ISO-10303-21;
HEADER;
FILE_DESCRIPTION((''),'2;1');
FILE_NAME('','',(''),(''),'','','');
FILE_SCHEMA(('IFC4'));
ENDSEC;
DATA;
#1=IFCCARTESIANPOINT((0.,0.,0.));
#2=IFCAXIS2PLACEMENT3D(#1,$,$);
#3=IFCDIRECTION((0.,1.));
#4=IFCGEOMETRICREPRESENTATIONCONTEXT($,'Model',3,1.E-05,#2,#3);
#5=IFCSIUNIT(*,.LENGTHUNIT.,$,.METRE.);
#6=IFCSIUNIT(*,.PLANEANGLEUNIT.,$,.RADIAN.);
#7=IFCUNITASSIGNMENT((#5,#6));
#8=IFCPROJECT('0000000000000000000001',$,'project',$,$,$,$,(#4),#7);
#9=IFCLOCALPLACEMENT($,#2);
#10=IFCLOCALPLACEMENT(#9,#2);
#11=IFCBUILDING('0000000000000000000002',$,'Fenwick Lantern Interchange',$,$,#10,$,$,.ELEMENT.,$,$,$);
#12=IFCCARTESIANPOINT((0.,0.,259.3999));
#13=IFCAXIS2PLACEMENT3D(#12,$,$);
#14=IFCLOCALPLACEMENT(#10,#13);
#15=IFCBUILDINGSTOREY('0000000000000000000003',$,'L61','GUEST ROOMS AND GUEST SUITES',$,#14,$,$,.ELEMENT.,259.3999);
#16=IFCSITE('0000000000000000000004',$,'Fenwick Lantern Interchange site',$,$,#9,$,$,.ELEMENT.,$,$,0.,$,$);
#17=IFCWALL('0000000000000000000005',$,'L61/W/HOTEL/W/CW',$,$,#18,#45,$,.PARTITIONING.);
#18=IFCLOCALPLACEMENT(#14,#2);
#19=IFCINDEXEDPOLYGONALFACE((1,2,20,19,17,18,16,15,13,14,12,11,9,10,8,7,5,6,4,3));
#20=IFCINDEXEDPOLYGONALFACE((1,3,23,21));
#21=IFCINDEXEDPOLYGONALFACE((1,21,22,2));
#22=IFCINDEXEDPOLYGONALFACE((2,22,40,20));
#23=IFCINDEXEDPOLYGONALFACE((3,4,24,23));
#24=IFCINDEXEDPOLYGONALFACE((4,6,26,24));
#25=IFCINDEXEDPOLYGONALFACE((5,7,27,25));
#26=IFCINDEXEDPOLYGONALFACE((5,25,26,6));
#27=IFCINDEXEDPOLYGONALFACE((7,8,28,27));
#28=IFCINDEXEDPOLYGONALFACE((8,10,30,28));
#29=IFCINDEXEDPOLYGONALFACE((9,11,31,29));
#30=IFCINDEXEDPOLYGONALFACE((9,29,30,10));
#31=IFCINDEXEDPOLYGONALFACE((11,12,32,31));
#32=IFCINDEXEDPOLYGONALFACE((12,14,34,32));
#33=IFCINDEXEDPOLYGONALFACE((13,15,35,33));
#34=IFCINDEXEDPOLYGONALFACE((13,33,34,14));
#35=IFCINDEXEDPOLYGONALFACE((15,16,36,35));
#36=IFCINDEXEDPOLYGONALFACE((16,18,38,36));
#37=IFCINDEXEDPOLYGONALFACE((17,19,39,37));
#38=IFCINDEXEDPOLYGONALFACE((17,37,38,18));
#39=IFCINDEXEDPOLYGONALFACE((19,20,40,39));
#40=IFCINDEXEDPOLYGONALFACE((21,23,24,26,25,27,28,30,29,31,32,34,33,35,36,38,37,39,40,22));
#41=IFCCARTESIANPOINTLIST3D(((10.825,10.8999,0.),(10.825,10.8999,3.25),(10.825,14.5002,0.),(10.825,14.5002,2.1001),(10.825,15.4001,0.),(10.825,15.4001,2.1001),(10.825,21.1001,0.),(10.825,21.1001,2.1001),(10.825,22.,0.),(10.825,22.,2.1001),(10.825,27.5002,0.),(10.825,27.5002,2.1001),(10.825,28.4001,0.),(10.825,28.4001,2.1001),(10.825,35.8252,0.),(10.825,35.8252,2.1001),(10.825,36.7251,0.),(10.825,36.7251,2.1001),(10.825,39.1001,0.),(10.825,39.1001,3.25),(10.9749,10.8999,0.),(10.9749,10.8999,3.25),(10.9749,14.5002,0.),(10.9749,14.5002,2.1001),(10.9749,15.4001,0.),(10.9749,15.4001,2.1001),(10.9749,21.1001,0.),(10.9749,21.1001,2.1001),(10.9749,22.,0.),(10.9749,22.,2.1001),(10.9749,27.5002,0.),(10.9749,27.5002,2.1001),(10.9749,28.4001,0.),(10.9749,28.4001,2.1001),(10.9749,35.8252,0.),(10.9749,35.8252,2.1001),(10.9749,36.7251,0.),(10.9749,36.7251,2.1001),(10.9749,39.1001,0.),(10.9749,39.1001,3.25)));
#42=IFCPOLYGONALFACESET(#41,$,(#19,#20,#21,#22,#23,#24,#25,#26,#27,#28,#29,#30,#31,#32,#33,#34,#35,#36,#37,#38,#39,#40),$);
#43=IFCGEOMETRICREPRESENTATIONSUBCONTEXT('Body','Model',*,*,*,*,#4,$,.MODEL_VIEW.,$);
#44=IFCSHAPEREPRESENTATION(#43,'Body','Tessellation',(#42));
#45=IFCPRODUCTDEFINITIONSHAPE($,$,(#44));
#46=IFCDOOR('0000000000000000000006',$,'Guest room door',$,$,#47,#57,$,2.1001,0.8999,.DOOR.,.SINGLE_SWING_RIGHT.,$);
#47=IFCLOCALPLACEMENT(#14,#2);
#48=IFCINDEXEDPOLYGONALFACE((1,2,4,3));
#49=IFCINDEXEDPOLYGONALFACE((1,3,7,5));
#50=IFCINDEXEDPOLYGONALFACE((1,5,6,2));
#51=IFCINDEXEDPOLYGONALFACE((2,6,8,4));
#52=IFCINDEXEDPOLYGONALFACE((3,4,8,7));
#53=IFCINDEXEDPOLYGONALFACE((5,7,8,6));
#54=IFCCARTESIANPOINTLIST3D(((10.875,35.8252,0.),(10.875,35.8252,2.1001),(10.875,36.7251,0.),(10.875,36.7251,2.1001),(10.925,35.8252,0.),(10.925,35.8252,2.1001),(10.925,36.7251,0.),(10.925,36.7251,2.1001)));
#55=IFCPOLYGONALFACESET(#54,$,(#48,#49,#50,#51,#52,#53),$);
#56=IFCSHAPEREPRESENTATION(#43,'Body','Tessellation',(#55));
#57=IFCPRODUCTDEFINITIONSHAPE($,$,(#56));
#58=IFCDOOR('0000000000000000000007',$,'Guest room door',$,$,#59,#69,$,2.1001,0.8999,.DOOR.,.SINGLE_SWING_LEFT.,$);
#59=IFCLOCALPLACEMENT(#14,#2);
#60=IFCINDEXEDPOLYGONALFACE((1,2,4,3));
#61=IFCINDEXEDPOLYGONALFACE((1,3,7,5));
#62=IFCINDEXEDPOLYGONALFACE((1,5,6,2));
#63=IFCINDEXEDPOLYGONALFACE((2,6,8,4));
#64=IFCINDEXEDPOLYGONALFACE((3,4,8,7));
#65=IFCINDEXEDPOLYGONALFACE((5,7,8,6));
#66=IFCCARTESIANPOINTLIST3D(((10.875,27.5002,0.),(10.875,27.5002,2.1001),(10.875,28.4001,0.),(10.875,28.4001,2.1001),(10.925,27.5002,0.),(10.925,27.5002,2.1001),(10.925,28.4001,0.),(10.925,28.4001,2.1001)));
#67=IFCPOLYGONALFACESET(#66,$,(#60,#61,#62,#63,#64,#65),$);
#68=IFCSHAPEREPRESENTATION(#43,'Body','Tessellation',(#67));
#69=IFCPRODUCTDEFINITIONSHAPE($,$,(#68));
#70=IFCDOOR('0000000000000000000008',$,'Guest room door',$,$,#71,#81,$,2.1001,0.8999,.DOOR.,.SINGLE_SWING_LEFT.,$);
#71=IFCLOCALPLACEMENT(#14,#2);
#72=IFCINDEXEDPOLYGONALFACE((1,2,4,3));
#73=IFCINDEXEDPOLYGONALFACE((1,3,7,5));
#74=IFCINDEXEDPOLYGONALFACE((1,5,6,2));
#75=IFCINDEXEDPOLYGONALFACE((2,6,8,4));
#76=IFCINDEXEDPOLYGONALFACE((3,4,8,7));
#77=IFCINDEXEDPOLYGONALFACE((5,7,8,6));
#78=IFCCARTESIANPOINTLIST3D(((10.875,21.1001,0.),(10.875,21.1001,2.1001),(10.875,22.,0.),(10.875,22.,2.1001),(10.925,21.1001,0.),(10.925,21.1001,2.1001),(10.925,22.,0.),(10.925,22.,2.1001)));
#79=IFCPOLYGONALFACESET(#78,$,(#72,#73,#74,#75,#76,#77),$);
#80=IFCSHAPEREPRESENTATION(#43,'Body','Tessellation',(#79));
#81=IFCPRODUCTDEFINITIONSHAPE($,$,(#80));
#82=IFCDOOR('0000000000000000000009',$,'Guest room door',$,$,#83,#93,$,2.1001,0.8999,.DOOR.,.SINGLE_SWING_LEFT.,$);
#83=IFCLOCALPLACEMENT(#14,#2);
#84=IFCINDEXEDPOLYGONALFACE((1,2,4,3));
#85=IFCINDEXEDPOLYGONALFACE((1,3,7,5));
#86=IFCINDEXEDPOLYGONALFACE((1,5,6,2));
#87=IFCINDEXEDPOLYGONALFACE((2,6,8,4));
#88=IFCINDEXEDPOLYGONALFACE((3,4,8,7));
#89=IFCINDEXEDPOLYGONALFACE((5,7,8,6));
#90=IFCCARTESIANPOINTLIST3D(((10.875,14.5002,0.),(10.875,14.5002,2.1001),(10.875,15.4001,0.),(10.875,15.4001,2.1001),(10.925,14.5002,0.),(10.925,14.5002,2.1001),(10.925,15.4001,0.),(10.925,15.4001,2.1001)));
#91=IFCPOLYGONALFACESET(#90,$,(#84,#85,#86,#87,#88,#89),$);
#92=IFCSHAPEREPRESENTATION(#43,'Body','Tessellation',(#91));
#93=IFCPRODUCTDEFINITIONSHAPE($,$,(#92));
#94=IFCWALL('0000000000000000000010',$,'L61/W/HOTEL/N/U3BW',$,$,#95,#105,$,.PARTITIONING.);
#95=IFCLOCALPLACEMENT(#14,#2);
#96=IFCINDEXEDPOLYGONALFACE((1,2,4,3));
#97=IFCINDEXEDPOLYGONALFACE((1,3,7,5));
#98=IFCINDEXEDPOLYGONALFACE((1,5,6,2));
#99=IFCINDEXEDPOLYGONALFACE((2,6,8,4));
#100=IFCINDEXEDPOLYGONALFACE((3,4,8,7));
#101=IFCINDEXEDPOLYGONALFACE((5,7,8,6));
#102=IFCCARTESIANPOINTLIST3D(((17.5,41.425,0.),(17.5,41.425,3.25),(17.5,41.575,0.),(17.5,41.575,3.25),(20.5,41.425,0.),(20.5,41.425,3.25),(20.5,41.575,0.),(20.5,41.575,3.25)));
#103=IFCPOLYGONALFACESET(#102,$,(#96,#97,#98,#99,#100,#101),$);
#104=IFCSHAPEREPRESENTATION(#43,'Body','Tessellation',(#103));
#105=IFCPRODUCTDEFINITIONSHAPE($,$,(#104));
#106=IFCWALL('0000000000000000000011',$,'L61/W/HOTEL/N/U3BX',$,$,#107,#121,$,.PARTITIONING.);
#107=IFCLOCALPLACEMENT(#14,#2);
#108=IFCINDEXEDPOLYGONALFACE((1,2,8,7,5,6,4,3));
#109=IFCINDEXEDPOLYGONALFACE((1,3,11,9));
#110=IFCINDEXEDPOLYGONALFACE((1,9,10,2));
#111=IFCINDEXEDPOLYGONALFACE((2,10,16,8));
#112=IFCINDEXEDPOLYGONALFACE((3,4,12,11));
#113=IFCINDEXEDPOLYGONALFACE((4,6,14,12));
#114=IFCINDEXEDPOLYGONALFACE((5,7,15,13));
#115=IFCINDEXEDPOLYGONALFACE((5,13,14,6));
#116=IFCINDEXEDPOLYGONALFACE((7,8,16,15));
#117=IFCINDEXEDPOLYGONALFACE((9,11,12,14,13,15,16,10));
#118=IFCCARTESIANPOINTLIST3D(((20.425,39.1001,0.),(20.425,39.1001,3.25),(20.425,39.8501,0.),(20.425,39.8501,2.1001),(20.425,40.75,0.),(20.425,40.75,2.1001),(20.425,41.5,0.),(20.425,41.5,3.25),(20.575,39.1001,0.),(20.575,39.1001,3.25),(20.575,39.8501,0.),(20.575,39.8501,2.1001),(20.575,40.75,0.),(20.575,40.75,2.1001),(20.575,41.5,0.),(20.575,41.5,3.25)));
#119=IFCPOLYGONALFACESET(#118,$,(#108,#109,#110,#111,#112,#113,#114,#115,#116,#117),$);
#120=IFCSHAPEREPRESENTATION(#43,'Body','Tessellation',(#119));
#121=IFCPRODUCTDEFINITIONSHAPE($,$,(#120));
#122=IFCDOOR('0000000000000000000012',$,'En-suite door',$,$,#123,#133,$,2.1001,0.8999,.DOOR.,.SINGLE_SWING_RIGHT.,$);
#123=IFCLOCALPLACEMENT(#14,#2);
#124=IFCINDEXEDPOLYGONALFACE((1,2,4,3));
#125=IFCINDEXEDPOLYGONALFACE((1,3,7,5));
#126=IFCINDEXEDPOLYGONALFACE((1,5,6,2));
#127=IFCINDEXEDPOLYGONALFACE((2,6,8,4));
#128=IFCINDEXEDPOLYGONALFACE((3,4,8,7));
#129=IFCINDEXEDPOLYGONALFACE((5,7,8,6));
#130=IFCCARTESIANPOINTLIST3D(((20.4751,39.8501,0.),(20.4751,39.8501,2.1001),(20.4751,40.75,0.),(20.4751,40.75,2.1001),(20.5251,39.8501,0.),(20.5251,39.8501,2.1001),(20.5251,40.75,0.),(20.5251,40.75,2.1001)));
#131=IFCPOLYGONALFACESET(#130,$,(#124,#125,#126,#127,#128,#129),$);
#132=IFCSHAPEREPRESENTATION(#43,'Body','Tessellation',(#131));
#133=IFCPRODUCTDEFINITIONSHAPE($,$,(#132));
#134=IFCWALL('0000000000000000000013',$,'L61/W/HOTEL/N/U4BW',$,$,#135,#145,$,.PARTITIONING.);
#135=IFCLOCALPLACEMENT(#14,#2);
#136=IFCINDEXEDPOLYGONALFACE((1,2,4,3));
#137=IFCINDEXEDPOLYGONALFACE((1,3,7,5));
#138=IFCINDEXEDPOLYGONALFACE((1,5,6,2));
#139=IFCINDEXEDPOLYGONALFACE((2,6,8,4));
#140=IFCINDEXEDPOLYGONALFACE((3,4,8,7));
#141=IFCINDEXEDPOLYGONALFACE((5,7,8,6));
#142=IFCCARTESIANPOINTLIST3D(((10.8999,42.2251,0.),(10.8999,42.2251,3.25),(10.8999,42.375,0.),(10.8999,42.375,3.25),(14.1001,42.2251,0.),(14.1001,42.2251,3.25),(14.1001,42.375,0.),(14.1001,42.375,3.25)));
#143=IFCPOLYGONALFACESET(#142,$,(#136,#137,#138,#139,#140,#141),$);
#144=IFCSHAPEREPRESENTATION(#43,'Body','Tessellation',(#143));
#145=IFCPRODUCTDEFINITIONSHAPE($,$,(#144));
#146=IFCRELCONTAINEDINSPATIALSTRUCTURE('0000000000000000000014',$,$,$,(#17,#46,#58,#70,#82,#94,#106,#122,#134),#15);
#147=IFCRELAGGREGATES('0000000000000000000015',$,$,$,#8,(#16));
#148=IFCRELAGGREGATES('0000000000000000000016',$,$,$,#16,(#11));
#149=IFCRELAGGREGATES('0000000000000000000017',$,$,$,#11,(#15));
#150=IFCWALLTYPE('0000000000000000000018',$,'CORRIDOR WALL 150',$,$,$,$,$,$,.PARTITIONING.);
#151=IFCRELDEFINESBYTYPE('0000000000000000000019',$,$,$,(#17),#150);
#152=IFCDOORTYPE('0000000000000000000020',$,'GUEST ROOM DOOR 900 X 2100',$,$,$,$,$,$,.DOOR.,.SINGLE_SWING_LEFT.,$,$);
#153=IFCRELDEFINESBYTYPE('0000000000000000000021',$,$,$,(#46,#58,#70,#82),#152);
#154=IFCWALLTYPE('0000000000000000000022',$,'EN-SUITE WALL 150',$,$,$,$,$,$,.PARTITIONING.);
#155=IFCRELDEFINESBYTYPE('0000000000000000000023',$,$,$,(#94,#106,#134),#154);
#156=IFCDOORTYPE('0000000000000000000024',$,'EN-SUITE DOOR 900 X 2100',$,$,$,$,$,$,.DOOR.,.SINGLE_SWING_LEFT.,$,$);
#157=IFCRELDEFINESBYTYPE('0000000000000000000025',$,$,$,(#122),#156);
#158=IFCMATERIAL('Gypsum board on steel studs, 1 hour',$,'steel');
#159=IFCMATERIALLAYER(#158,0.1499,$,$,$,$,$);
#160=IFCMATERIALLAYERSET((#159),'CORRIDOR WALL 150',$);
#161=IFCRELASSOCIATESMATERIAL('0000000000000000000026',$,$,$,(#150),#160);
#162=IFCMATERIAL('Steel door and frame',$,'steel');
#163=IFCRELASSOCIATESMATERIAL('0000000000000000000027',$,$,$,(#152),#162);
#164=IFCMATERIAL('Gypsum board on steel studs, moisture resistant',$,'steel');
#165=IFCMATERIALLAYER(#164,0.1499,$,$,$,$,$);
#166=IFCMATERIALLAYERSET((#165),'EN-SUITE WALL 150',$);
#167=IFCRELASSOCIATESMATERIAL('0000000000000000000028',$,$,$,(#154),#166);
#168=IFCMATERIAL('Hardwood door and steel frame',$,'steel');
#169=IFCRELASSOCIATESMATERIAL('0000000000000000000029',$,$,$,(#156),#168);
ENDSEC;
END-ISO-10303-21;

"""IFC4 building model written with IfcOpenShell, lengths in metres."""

from ifc_helpers import new_model, si_unit, direction, frame, frame_2d, origin, place, context, subcontext, project, spatial, rectangle, extrude, material, layer, layer_set, type_object, element, fill, save


model = new_model("IFC4")

# Units and contexts
model_context = context("Model", 3, precision=1e-05, world=origin(), true_north=direction((0.0, 1.0)))
body_context = subcontext(model_context, "Body", "Model", "MODEL_VIEW")
ifc_project = project(units=[si_unit("LENGTHUNIT", "METRE"), si_unit("PLANEANGLEUNIT", "RADIAN")], contexts=[model_context])

# Site, building, storey
site_placement = place(None, origin())
site = spatial("IfcSite", under=ifc_project, at=site_placement, Name="Fenwick Lantern Interchange site", CompositionType="ELEMENT", RefElevation=0.0)
building_placement = place(site_placement, origin())
building = spatial("IfcBuilding", under=site, at=building_placement, Name="Fenwick Lantern Interchange", CompositionType="ELEMENT")
storey_placement = place(building_placement, frame((0.0, 0.0, 259.3999)))
storey = spatial("IfcBuildingStorey", under=building, at=storey_placement, Name="L61", Description="GUEST ROOMS AND GUEST SUITES", CompositionType="ELEMENT", Elevation=259.3999)

# Shared definitions
ifc_material_1 = material(Name="Steel door and frame", Category="steel")

# Wall, openings, doors
ifc_material_2 = material(Name="Hardwood door and steel frame", Category="steel")
ifc_material_3 = material(Name="Gypsum board on steel studs, 1 hour", Category="steel")
ifc_layer_1 = layer(ifc_material_3, 0.1499)
ifc_layer_set_1 = layer_set([ifc_layer_1], Name="CORRIDOR WALL 150")
wall_type_1 = type_object("IfcWallType", Name="CORRIDOR WALL 150", PredefinedType="PARTITIONING", material=ifc_layer_set_1)
wall_1_placement = place(storey_placement, frame((10.8999, 39.1001, 0.0), z_axis=(0.0, 0.0, 1.0), x_axis=(0.0, -1.0, 0.0)))
wall_1 = element("IfcWall", 1, at=wall_1_placement, inside=storey, type_object=wall_type_1, Name="L61/W/HOTEL/W/CW", PredefinedType="PARTITIONING", context=body_context, shape_type="SweptSolid", body=[
    extrude(rectangle(XDim=28.2002, YDim=0.1499, at=frame_2d((14.1001, 0.0))), origin(), (0.0, 0.0, 1.0), 3.25),
])
opening_1_placement = place(wall_1_placement, frame((2.375, 0.0, 0.0)))
opening_1 = element("IfcOpeningElement", 2, at=opening_1_placement, cuts=wall_1, PredefinedType="OPENING", context=body_context, shape_type="SweptSolid", body=[
    extrude(rectangle(XDim=0.8999, YDim=2.1001, at=frame_2d((0.45, 1.05))), frame((0.0, 0.085, 0.0), z_axis=(0.0, -1.0, 0.0), x_axis=(1.0, 0.0, 0.0)), (0.0, 0.0, 1.0), 0.1699),
])
opening_2_placement = place(wall_1_placement, frame((10.7, 0.0, 0.0)))
opening_2 = element("IfcOpeningElement", 3, at=opening_2_placement, cuts=wall_1, PredefinedType="OPENING", context=body_context, shape_type="SweptSolid", body=[
    extrude(rectangle(XDim=0.8999, YDim=2.1001, at=frame_2d((0.45, 1.05))), frame((0.0, 0.085, 0.0), z_axis=(0.0, -1.0, 0.0), x_axis=(1.0, 0.0, 0.0)), (0.0, 0.0, 1.0), 0.1699),
])
opening_3_placement = place(wall_1_placement, frame((17.1001, 0.0, 0.0)))
opening_3 = element("IfcOpeningElement", 4, at=opening_3_placement, cuts=wall_1, PredefinedType="OPENING", context=body_context, shape_type="SweptSolid", body=[
    extrude(rectangle(XDim=0.8999, YDim=2.1001, at=frame_2d((0.45, 1.05))), frame((0.0, 0.085, 0.0), z_axis=(0.0, -1.0, 0.0), x_axis=(1.0, 0.0, 0.0)), (0.0, 0.0, 1.0), 0.1699),
])
opening_4_placement = place(wall_1_placement, frame((23.7, 0.0, 0.0)))
opening_4 = element("IfcOpeningElement", 5, at=opening_4_placement, cuts=wall_1, PredefinedType="OPENING", context=body_context, shape_type="SweptSolid", body=[
    extrude(rectangle(XDim=0.8999, YDim=2.1001, at=frame_2d((0.45, 1.05))), frame((0.0, 0.085, 0.0), z_axis=(0.0, -1.0, 0.0), x_axis=(1.0, 0.0, 0.0)), (0.0, 0.0, 1.0), 0.1699),
])
door_type_1 = type_object("IfcDoorType", Name="GUEST ROOM DOOR 900 X 2100", OperationType="SINGLE_SWING_LEFT", PredefinedType="DOOR", material=ifc_material_1)
door_1_placement = place(opening_1_placement, frame((0.8999, 0.0, 0.0), z_axis=(0.0, 0.0, 1.0), x_axis=(-1.0, 0.0, 0.0)))
door_1 = element("IfcDoor", 6, at=door_1_placement, inside=storey, type_object=door_type_1, Name="Guest room door", OperationType="SINGLE_SWING_RIGHT", OverallHeight=2.1001, OverallWidth=0.8999, PredefinedType="DOOR", context=body_context, shape_type="SweptSolid", body=[
    extrude(rectangle(XDim=0.8999, YDim=2.1001, at=frame_2d((0.45, 1.05))), frame((0.0, 0.0249, 0.0), z_axis=(0.0, -1.0, 0.0), x_axis=(1.0, 0.0, 0.0)), (0.0, 0.0, 1.0), 0.05),
])
fill(opening_1, door_1)
door_2_placement = place(opening_2_placement, frame((0.8999, 0.0, 0.0), z_axis=(0.0, 0.0, 1.0), x_axis=(-1.0, 0.0, 0.0)))
door_2 = element("IfcDoor", 7, at=door_2_placement, inside=storey, type_object=door_type_1, Name="Guest room door", OperationType="SINGLE_SWING_LEFT", OverallHeight=2.1001, OverallWidth=0.8999, PredefinedType="DOOR", context=body_context, shape_type="SweptSolid", body=[
    extrude(rectangle(XDim=0.8999, YDim=2.1001, at=frame_2d((0.45, 1.05))), frame((0.0, 0.0249, 0.0), z_axis=(0.0, -1.0, 0.0), x_axis=(1.0, 0.0, 0.0)), (0.0, 0.0, 1.0), 0.05),
])
fill(opening_2, door_2)
door_3_placement = place(opening_3_placement, frame((0.8999, 0.0, 0.0), z_axis=(0.0, 0.0, 1.0), x_axis=(-1.0, 0.0, 0.0)))
door_3 = element("IfcDoor", 8, at=door_3_placement, inside=storey, type_object=door_type_1, Name="Guest room door", OperationType="SINGLE_SWING_LEFT", OverallHeight=2.1001, OverallWidth=0.8999, PredefinedType="DOOR", context=body_context, shape_type="SweptSolid", body=[
    extrude(rectangle(XDim=0.8999, YDim=2.1001, at=frame_2d((0.45, 1.05))), frame((0.0, 0.0249, 0.0), z_axis=(0.0, -1.0, 0.0), x_axis=(1.0, 0.0, 0.0)), (0.0, 0.0, 1.0), 0.05),
])
fill(opening_3, door_3)
door_4_placement = place(opening_4_placement, frame((0.8999, 0.0, 0.0), z_axis=(0.0, 0.0, 1.0), x_axis=(-1.0, 0.0, 0.0)))
door_4 = element("IfcDoor", 9, at=door_4_placement, inside=storey, type_object=door_type_1, Name="Guest room door", OperationType="SINGLE_SWING_LEFT", OverallHeight=2.1001, OverallWidth=0.8999, PredefinedType="DOOR", context=body_context, shape_type="SweptSolid", body=[
    extrude(rectangle(XDim=0.8999, YDim=2.1001, at=frame_2d((0.45, 1.05))), frame((0.0, 0.0249, 0.0), z_axis=(0.0, -1.0, 0.0), x_axis=(1.0, 0.0, 0.0)), (0.0, 0.0, 1.0), 0.05),
])
fill(opening_4, door_4)

# Wall
ifc_material_4 = material(Name="Gypsum board on steel studs, moisture resistant", Category="steel")
ifc_layer_2 = layer(ifc_material_4, 0.1499)
ifc_layer_set_2 = layer_set([ifc_layer_2], Name="EN-SUITE WALL 150")
wall_type_2 = type_object("IfcWallType", Name="EN-SUITE WALL 150", PredefinedType="PARTITIONING", material=ifc_layer_set_2)
wall_2_placement = place(storey_placement, frame((20.5, 41.5, 0.0), z_axis=(0.0, 0.0, 1.0), x_axis=(-1.0, 0.0, 0.0)))
element("IfcWall", 10, at=wall_2_placement, inside=storey, type_object=wall_type_2, Name="L61/W/HOTEL/N/U3BW", PredefinedType="PARTITIONING", context=body_context, shape_type="SweptSolid", body=[
    extrude(rectangle(XDim=3.0, YDim=0.1499, at=frame_2d((1.5, 0.0))), origin(), (0.0, 0.0, 1.0), 3.25),
])

# Wall, opening, door
wall_3_placement = place(storey_placement, frame((20.5, 41.5, 0.0), z_axis=(0.0, 0.0, 1.0), x_axis=(0.0, -1.0, 0.0)))
wall_3 = element("IfcWall", 11, at=wall_3_placement, inside=storey, type_object=wall_type_2, Name="L61/W/HOTEL/N/U3BX", PredefinedType="PARTITIONING", context=body_context, shape_type="SweptSolid", body=[
    extrude(rectangle(XDim=2.3999, YDim=0.1499, at=frame_2d((1.2, 0.0))), origin(), (0.0, 0.0, 1.0), 3.25),
])
opening_5_placement = place(wall_3_placement, frame((0.75, 0.0, 0.0)))
opening_5 = element("IfcOpeningElement", 12, at=opening_5_placement, cuts=wall_3, PredefinedType="OPENING", context=body_context, shape_type="SweptSolid", body=[
    extrude(rectangle(XDim=0.8999, YDim=2.1001, at=frame_2d((0.45, 1.05))), frame((0.0, 0.085, 0.0), z_axis=(0.0, -1.0, 0.0), x_axis=(1.0, 0.0, 0.0)), (0.0, 0.0, 1.0), 0.1699),
])
door_type_2 = type_object("IfcDoorType", Name="EN-SUITE DOOR 900 X 2100", OperationType="SINGLE_SWING_LEFT", PredefinedType="DOOR", material=ifc_material_2)
door_5_placement = place(opening_5_placement, frame((0.8999, 0.0, 0.0), z_axis=(0.0, 0.0, 1.0), x_axis=(-1.0, 0.0, 0.0)))
door_5 = element("IfcDoor", 13, at=door_5_placement, inside=storey, type_object=door_type_2, Name="En-suite door", OperationType="SINGLE_SWING_RIGHT", OverallHeight=2.1001, OverallWidth=0.8999, PredefinedType="DOOR", context=body_context, shape_type="SweptSolid", body=[
    extrude(rectangle(XDim=0.8999, YDim=2.1001, at=frame_2d((0.45, 1.05))), frame((0.0, 0.0249, 0.0), z_axis=(0.0, -1.0, 0.0), x_axis=(1.0, 0.0, 0.0)), (0.0, 0.0, 1.0), 0.05),
])
fill(opening_5, door_5)

# Wall
wall_4_placement = place(storey_placement, frame((14.1001, 42.3, 0.0), z_axis=(0.0, 0.0, 1.0), x_axis=(-1.0, 0.0, 0.0)))
element("IfcWall", 14, at=wall_4_placement, inside=storey, type_object=wall_type_2, Name="L61/W/HOTEL/N/U4BW", PredefinedType="PARTITIONING", context=body_context, shape_type="SweptSolid", body=[
    extrude(rectangle(XDim=3.2002, YDim=0.1499, at=frame_2d((1.6001, 0.0))), origin(), (0.0, 0.0, 1.0), 3.25),
])

save(model, "model.ifc")
